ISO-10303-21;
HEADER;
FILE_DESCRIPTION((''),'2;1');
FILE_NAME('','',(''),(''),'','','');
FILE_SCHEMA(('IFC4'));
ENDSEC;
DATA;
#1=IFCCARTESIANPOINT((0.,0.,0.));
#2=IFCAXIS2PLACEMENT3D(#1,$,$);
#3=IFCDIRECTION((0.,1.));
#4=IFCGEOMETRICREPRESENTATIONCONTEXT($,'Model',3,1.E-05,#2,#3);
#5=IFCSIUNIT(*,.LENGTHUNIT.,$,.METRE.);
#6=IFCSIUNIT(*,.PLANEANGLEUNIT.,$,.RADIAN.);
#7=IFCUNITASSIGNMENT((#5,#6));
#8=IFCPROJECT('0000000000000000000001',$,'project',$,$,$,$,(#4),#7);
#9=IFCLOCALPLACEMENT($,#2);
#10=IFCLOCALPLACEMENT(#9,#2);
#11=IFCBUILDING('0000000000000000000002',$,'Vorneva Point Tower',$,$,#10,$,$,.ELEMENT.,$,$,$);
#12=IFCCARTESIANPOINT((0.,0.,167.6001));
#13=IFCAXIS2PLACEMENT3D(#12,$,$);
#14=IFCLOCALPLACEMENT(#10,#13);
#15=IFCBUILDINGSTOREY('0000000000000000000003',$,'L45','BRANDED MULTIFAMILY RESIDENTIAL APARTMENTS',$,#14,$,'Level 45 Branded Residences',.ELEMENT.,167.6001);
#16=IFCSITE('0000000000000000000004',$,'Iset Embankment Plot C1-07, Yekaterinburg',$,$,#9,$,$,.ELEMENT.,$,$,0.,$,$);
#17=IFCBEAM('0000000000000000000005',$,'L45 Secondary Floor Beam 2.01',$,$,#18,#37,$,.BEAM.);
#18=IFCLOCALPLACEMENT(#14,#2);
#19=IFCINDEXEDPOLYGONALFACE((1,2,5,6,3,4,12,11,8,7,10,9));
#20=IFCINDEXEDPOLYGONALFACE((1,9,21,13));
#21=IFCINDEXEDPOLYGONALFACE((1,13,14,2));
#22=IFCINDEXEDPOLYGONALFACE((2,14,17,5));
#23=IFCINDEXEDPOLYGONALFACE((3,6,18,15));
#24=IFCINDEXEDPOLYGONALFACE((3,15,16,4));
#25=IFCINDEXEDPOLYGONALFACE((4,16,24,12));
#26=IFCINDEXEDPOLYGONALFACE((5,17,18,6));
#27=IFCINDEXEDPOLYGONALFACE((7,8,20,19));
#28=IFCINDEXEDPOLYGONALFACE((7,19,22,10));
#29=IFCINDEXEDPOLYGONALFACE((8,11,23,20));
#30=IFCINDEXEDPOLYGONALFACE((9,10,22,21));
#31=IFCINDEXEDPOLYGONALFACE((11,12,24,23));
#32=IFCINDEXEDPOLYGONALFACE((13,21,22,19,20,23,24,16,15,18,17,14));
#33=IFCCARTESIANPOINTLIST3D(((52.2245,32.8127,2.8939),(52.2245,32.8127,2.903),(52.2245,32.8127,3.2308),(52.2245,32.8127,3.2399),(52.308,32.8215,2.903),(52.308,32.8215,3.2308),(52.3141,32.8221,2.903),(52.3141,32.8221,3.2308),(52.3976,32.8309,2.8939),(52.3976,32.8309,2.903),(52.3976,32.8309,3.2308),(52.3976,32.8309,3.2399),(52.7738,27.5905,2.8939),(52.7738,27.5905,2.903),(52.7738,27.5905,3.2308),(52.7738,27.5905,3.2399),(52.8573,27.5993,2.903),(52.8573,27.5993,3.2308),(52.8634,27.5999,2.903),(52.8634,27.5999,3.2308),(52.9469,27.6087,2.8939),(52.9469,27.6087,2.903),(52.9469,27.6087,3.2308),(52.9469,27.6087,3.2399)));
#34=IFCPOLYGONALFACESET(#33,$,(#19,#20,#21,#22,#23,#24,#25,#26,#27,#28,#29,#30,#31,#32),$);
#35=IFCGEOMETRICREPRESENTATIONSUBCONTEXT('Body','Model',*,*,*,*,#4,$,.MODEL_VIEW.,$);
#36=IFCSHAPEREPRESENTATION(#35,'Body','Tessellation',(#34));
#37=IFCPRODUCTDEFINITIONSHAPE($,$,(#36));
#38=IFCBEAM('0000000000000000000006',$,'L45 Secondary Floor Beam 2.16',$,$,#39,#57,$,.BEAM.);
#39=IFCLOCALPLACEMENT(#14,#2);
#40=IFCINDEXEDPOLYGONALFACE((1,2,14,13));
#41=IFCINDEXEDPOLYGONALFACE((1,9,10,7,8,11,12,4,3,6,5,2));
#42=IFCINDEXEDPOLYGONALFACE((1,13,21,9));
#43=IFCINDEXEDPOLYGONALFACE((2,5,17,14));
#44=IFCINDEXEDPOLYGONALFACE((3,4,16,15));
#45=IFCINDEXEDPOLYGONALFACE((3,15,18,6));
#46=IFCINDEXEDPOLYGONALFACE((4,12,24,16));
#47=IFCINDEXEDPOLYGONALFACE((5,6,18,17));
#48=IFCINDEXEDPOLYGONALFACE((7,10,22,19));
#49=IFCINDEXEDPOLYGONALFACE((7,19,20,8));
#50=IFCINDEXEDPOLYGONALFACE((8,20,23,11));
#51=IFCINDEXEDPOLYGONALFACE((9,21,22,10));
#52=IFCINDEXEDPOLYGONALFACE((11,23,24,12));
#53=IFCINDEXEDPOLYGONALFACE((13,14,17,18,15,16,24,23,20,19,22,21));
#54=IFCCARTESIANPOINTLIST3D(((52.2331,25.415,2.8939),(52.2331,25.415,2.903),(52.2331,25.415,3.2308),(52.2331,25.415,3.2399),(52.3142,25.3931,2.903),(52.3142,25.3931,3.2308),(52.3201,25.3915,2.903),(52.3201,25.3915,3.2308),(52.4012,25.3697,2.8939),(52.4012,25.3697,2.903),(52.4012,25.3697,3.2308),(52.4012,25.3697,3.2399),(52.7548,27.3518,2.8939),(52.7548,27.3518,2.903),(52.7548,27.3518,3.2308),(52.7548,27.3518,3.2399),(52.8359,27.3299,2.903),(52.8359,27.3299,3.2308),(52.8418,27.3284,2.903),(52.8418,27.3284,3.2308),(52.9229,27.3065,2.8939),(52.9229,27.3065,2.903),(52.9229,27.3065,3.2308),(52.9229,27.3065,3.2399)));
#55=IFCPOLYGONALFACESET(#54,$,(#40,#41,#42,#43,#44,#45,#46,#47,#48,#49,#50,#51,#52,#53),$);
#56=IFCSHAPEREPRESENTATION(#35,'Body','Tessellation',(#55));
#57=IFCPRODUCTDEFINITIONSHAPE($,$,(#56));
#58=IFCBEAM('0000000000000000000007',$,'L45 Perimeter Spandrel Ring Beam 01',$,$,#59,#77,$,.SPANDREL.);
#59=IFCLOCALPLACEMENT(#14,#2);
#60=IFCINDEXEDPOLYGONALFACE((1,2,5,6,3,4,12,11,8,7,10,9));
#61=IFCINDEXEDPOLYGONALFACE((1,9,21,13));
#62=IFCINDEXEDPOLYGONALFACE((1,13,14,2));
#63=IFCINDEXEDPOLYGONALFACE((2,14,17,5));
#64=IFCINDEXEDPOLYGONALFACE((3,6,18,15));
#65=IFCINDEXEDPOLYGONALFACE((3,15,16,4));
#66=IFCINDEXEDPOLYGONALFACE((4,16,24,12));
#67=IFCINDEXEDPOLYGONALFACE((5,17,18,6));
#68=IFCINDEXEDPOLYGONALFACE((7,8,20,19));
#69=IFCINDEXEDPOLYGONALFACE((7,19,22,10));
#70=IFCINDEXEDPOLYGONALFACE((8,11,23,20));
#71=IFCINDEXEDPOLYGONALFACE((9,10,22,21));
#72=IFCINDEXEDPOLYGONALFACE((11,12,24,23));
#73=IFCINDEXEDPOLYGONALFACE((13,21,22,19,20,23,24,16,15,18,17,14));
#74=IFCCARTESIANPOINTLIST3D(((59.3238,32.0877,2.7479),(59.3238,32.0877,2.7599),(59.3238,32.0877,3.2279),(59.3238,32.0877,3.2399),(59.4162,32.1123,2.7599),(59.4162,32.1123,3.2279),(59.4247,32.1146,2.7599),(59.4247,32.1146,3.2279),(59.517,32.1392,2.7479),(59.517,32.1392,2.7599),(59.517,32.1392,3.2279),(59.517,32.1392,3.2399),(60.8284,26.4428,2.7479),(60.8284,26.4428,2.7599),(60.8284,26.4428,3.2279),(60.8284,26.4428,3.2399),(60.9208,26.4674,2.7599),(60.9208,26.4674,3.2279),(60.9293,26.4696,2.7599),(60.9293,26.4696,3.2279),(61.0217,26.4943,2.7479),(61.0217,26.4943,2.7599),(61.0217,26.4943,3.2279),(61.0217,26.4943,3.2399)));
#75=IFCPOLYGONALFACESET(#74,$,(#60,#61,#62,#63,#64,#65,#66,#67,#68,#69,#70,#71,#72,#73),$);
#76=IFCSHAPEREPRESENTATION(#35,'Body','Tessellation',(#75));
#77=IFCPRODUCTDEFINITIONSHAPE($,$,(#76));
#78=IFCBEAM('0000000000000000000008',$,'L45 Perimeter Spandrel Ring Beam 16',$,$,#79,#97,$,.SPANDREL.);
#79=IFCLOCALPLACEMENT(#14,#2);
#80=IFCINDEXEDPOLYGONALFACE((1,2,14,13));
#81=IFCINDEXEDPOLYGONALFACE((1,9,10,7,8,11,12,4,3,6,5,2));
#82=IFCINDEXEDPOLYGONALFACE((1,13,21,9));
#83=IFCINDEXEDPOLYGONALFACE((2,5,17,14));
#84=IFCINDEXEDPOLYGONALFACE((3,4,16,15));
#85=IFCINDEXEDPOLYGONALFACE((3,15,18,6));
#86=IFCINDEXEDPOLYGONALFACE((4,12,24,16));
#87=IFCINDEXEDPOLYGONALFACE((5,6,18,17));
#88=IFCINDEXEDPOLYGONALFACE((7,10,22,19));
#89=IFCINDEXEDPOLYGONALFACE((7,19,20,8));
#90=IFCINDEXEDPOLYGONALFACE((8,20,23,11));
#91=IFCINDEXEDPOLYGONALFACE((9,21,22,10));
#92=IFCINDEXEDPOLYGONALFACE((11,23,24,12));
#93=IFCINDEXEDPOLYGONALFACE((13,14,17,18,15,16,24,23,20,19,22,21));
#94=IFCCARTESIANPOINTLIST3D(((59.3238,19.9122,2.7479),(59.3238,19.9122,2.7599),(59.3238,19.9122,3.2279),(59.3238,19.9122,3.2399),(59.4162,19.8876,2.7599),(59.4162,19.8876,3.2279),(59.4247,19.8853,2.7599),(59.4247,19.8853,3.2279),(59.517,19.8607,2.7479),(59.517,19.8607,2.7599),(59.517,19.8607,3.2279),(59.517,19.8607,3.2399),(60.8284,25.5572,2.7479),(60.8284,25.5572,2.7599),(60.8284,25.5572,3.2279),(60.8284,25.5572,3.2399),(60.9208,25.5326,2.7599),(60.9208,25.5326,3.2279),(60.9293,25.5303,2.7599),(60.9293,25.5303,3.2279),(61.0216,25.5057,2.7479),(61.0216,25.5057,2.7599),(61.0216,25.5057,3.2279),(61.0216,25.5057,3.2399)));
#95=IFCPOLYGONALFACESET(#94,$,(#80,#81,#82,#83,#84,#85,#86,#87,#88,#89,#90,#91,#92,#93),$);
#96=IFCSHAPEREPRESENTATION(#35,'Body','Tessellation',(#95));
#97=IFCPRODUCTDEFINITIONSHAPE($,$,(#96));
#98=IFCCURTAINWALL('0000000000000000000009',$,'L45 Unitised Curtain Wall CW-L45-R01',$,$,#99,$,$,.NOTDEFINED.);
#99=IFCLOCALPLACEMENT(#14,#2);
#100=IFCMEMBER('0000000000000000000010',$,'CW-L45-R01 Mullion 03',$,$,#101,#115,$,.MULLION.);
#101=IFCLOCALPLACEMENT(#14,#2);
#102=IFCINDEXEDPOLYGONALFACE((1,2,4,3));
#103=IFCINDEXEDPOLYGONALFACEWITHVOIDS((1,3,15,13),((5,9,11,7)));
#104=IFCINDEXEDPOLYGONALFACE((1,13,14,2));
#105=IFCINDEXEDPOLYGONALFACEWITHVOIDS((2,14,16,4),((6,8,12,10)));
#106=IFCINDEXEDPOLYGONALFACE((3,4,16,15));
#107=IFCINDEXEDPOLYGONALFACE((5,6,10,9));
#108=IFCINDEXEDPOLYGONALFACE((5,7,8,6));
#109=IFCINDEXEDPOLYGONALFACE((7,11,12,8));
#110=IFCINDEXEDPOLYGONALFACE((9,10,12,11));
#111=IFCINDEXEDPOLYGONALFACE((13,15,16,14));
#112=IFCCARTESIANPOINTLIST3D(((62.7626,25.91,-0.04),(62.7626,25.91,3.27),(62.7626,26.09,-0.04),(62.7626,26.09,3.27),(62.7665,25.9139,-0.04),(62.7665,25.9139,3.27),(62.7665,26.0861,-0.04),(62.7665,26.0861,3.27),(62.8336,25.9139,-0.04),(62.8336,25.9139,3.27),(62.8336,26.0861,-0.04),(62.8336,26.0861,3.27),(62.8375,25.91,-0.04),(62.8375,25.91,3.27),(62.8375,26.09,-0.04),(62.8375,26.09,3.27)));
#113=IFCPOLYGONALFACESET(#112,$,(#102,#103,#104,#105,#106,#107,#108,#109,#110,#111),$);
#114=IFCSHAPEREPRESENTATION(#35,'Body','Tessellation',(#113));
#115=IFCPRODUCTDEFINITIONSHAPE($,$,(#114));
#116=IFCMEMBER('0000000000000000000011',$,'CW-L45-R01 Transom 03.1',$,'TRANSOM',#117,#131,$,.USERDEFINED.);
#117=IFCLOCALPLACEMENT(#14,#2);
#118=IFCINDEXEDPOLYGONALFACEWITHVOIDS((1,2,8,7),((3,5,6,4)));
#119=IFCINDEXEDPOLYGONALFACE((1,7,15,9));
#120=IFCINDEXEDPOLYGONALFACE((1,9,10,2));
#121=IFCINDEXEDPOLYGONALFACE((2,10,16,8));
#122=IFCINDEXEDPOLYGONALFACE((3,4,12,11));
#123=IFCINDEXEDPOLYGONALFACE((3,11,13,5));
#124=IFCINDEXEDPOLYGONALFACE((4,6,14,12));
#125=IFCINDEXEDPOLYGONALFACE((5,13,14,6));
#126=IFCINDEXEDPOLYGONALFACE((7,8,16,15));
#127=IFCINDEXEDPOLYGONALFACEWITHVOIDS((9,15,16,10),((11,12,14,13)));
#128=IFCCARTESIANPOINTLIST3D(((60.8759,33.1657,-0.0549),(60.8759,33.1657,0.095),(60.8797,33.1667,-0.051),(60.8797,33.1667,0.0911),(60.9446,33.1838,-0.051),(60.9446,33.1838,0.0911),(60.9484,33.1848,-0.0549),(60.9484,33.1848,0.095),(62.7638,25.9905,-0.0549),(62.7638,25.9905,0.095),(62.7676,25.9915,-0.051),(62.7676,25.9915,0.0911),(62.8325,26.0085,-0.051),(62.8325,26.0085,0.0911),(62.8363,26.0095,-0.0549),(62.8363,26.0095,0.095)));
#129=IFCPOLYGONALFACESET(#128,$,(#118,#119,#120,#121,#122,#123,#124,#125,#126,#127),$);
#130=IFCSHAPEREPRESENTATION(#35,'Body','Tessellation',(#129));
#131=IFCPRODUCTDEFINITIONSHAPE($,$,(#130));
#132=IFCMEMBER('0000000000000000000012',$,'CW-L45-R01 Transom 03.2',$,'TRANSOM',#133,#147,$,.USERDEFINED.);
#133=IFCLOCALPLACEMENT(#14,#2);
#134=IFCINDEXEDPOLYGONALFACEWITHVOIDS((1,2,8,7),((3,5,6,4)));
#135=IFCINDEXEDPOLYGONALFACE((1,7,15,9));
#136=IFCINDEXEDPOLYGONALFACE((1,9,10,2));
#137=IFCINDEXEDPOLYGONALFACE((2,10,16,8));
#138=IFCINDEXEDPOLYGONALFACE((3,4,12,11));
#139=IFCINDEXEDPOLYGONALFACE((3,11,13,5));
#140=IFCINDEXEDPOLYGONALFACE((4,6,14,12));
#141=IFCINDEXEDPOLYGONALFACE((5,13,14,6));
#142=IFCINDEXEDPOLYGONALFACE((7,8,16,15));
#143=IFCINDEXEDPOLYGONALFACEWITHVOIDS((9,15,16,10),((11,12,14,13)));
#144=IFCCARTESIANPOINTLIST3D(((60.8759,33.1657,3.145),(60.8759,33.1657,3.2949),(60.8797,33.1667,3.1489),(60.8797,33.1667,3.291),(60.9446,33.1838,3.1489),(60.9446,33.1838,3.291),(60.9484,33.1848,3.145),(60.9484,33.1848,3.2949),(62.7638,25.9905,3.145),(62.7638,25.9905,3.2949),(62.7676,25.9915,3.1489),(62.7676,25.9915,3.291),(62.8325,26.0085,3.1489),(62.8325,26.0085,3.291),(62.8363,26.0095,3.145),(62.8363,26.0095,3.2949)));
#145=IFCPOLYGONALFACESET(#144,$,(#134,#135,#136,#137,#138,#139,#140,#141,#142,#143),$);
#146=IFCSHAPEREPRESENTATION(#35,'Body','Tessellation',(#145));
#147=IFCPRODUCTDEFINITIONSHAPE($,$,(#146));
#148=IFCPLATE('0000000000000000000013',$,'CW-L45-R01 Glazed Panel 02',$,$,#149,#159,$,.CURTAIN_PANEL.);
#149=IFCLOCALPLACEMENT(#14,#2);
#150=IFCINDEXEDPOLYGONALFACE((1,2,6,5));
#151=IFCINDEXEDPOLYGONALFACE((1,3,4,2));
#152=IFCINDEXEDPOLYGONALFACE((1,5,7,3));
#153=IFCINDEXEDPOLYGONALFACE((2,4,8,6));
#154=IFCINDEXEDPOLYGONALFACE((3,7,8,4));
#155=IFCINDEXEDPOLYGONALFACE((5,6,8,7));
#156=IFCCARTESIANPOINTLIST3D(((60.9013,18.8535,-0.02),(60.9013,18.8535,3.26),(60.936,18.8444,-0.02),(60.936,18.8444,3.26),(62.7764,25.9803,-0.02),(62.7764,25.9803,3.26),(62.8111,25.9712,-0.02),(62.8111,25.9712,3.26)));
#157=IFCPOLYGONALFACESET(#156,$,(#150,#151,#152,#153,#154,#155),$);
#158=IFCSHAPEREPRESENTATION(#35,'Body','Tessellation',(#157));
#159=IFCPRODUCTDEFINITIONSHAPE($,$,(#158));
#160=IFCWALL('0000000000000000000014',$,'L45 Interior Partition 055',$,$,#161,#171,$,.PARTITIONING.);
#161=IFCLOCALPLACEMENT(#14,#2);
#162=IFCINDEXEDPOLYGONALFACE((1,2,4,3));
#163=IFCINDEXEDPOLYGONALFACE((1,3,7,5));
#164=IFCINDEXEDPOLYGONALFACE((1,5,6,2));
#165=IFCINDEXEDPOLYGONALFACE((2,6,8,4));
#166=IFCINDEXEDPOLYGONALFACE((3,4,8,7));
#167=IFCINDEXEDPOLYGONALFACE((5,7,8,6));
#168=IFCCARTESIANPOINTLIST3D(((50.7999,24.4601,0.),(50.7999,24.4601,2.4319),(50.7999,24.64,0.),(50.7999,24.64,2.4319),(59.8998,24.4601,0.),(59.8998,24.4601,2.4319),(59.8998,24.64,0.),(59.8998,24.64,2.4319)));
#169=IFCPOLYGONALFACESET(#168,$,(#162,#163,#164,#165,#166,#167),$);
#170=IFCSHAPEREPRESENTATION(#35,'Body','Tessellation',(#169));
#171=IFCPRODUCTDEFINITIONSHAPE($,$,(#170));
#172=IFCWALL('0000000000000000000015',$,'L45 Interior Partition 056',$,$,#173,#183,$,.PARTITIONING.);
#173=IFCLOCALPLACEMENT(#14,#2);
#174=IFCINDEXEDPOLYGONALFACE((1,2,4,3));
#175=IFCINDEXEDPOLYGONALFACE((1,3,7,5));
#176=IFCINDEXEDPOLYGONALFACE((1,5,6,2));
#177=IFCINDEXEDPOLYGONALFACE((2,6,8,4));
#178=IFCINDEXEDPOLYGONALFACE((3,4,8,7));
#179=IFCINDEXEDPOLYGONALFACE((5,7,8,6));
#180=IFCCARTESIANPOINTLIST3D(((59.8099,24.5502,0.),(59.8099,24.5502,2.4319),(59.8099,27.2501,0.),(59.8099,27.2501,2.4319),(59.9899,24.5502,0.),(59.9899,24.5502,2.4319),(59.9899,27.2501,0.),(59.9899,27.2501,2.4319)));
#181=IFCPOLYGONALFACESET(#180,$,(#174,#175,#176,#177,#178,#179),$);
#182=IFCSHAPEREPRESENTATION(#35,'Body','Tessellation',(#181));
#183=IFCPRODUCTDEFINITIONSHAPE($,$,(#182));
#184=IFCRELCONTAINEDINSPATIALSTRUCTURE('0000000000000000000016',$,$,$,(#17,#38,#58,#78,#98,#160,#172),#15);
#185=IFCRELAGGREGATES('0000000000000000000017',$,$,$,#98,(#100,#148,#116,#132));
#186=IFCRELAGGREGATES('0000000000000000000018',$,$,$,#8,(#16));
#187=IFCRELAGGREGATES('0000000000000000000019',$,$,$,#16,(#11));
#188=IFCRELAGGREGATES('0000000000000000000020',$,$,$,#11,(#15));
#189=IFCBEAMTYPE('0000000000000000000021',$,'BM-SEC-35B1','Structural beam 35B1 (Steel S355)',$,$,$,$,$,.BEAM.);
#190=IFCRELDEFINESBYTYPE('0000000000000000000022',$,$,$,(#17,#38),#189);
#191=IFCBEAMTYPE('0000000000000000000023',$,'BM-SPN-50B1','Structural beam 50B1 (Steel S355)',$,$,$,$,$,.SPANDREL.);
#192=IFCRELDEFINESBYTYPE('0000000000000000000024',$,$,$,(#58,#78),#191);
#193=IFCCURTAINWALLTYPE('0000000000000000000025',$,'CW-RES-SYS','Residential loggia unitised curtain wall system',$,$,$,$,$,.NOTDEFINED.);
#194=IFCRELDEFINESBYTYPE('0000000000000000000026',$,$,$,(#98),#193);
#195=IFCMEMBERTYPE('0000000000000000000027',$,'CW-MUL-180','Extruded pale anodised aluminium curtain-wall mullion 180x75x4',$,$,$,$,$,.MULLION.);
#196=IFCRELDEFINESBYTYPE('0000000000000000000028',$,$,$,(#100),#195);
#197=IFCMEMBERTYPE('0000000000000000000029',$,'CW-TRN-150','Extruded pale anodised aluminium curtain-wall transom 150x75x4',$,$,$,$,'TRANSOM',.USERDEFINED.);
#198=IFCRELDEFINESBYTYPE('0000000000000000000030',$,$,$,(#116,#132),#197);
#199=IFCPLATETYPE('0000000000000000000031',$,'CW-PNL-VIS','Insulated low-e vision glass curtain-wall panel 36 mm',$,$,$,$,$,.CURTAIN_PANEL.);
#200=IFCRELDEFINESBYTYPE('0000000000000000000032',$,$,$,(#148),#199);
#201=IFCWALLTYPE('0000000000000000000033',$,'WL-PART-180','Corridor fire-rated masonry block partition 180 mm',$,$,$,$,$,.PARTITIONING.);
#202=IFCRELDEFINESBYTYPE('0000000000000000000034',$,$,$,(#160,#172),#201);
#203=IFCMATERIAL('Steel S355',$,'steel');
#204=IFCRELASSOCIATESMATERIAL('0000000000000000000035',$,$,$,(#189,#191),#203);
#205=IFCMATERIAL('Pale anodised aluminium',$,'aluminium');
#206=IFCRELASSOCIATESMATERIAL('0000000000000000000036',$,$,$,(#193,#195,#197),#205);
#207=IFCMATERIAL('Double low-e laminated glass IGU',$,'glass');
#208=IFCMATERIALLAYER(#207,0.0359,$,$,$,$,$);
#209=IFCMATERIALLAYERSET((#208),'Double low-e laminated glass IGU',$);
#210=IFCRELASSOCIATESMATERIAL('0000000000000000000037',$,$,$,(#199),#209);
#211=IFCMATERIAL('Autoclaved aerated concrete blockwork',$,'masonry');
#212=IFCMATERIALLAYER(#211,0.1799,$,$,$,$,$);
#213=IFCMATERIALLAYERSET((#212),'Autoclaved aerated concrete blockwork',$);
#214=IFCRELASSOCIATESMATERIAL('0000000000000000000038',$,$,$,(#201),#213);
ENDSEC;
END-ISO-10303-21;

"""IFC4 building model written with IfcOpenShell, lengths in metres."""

from ifc_helpers import new_model, si_unit, direction, frame, frame_2d, origin, origin_2d, place, context, subcontext, project, spatial, rectangle, hollow_rectangle, i_section, extrude, material, layer, layer_set, material_profile, profile_set, type_object, element, aggregate, save


model = new_model("IFC4")

# Units and contexts
model_context = context("Model", 3, precision=1e-05, world=origin(), true_north=direction((0.0, 1.0)))
body_context = subcontext(model_context, "Body", "Model", "MODEL_VIEW")
ifc_project = project(units=[si_unit("LENGTHUNIT", "METRE"), si_unit("PLANEANGLEUNIT", "RADIAN")], contexts=[model_context])

# Site, building, storey
site_placement = place(None, origin())
site = spatial("IfcSite", under=ifc_project, at=site_placement, Name="Iset Embankment Plot C1-07, Yekaterinburg", CompositionType="ELEMENT", RefElevation=0.0)
building_placement = place(site_placement, origin())
building = spatial("IfcBuilding", under=site, at=building_placement, Name="Vorneva Point Tower", CompositionType="ELEMENT")
storey_placement = place(building_placement, frame((0.0, 0.0, 167.6001)))
storey = spatial("IfcBuildingStorey", under=building, at=storey_placement, Name="L45", Description="BRANDED MULTIFAMILY RESIDENTIAL APARTMENTS", LongName="Level 45 Branded Residences", CompositionType="ELEMENT", Elevation=167.6001)

# Beams
ifc_material_1 = material(Name="Steel S355", Category="steel")
ifc_material_profile_1 = material_profile(ifc_material_1, i_section(OverallWidth=0.1741, OverallDepth=0.3459, WebThickness=0.0061, FlangeThickness=0.009, at=origin_2d()), Name="35B1")
ifc_profile_set_1 = profile_set([ifc_material_profile_1], Name="Steel S355")
beam_type_1 = type_object("IfcBeamType", Name="BM-SEC-35B1", Description="Structural beam 35B1 (Steel S355)", PredefinedType="BEAM", material=ifc_profile_set_1)
beam_1_placement = place(storey_placement, frame((52.8604, 27.5996, 3.0669), z_axis=(-0.104612, 0.994513, 0.0), x_axis=(-0.994513, -0.104612, 0.0)))
element("IfcBeam", 1, at=beam_1_placement, inside=storey, type_object=beam_type_1, Name="L45 Secondary Floor Beam 2.01", PredefinedType="BEAM", context=body_context, shape_type="SweptSolid", body=[
    extrude(i_section(OverallWidth=0.1741, OverallDepth=0.3459, WebThickness=0.0061, FlangeThickness=0.009, at=origin_2d()), origin(), (0.0, 0.0, 1.0), 5.251),
])
beam_2_placement = place(storey_placement, frame((52.3171, 25.3923, 3.0669), z_axis=(0.260109, 0.965579, 0.0), x_axis=(-0.965579, 0.260109, 0.0)))
element("IfcBeam", 2, at=beam_2_placement, inside=storey, type_object=beam_type_1, Name="L45 Secondary Floor Beam 2.16", PredefinedType="BEAM", context=body_context, shape_type="SweptSolid", body=[
    extrude(i_section(OverallWidth=0.1741, OverallDepth=0.3459, WebThickness=0.0061, FlangeThickness=0.009, at=origin_2d()), origin(), (0.0, 0.0, 1.0), 2.0059),
])
ifc_material_profile_2 = material_profile(ifc_material_1, i_section(OverallWidth=0.2, OverallDepth=0.4919, WebThickness=0.0088, FlangeThickness=0.012, at=origin_2d()), Name="50B1")
ifc_profile_set_2 = profile_set([ifc_material_profile_2], Name="Steel S355")
beam_type_2 = type_object("IfcBeamType", Name="BM-SPN-50B1", Description="Structural beam 50B1 (Steel S355)", PredefinedType="SPANDREL", material=ifc_profile_set_2)
for number, where, z_axis, x_axis, name in (
    (3, (60.925, 26.4685, 2.9939), (-0.257551, 0.966265, 0.0), (-0.966265, -0.257551, 0.0), "L45 Perimeter Spandrel Ring Beam 01"),
    (4, (59.4204, 19.8865, 2.9939), (0.257551, 0.966265, 0.0), (-0.966265, 0.257551, 0.0), "L45 Perimeter Spandrel Ring Beam 16"),
):
    element("IfcBeam", number, at=place(storey_placement, frame(where, z_axis=z_axis, x_axis=x_axis)), inside=storey, type_object=beam_type_2, Name=name, PredefinedType="SPANDREL", context=body_context, shape_type="SweptSolid", body=[
        extrude(i_section(OverallWidth=0.2, OverallDepth=0.4919, WebThickness=0.0088, FlangeThickness=0.012, at=origin_2d()), origin(), (0.0, 0.0, 1.0), 5.842),
    ])

# Curtain wall, members, plate
ifc_material_2 = material(Name="Pale anodised aluminium", Category="aluminium")
curtain_wall_type = type_object("IfcCurtainWallType", Name="CW-RES-SYS", Description="Residential loggia unitised curtain wall system", PredefinedType="NOTDEFINED", material=ifc_material_2)
curtain_wall_placement = place(storey_placement, origin())
curtain_wall = element("IfcCurtainWall", 5, at=curtain_wall_placement, inside=storey, type_object=curtain_wall_type, Name="L45 Unitised Curtain Wall CW-L45-R01", PredefinedType="NOTDEFINED")
ifc_material_profile_3 = material_profile(ifc_material_2, hollow_rectangle(XDim=0.075, YDim=0.1799, WallThickness=0.0039, at=origin_2d()), Name="AL-MUL 180x75x4")
ifc_profile_set_3 = profile_set([ifc_material_profile_3], Name="Pale anodised aluminium")
member_type_1 = type_object("IfcMemberType", Name="CW-MUL-180", Description="Extruded pale anodised aluminium curtain-wall mullion 180x75x4", PredefinedType="MULLION", material=ifc_profile_set_3)
member_1_placement = place(storey_placement, frame((62.8, 26.0, -0.04), z_axis=(0.0, 0.0, 1.0), x_axis=(1.0, 0.0, 0.0)))
member_1 = element("IfcMember", 6, at=member_1_placement, type_object=member_type_1, Name="CW-L45-R01 Mullion 03", PredefinedType="MULLION", context=body_context, shape_type="SweptSolid", body=[
    extrude(hollow_rectangle(XDim=0.075, YDim=0.1799, WallThickness=0.0039, at=origin_2d()), origin(), (0.0, 0.0, 1.0), 3.3101),
])
ifc_material_profile_4 = material_profile(ifc_material_2, hollow_rectangle(XDim=0.075, YDim=0.1499, WallThickness=0.0039, at=origin_2d()), Name="AL-TRN 150x75x4")
ifc_profile_set_4 = profile_set([ifc_material_profile_4], Name="Pale anodised aluminium")
member_type_2 = type_object("IfcMemberType", Name="CW-TRN-150", Description="Extruded pale anodised aluminium curtain-wall transom 150x75x4", ElementType="TRANSOM", PredefinedType="USERDEFINED", material=ifc_profile_set_4)
member_2_placement = place(storey_placement, frame((62.8, 26.0, 0.02), z_axis=(-0.254456, 0.967084, 0.0), x_axis=(-0.967084, -0.254456, 0.0)))
member_2 = element("IfcMember", 7, at=member_2_placement, type_object=member_type_2, Name="CW-L45-R01 Transom 03.1", ObjectType="TRANSOM", PredefinedType="USERDEFINED", context=body_context, shape_type="SweptSolid", body=[
    extrude(hollow_rectangle(XDim=0.075, YDim=0.1499, WallThickness=0.0039, at=origin_2d()), origin(), (0.0, 0.0, 1.0), 7.4194),
])
member_3_placement = place(storey_placement, frame((62.8, 26.0, 3.22), z_axis=(-0.254456, 0.967084, 0.0), x_axis=(-0.967084, -0.254456, 0.0)))
member_3 = element("IfcMember", 8, at=member_3_placement, type_object=member_type_2, Name="CW-L45-R01 Transom 03.2", ObjectType="TRANSOM", PredefinedType="USERDEFINED", context=body_context, shape_type="SweptSolid", body=[
    extrude(hollow_rectangle(XDim=0.075, YDim=0.1499, WallThickness=0.0039, at=origin_2d()), origin(), (0.0, 0.0, 1.0), 7.4194),
])
ifc_material_3 = material(Name="Double low-e laminated glass IGU", Category="glass")
ifc_layer_1 = layer(ifc_material_3, 0.0359)
ifc_layer_set_1 = layer_set([ifc_layer_1], Name="Double low-e laminated glass IGU")
plate_type = type_object("IfcPlateType", Name="CW-PNL-VIS", Description="Insulated low-e vision glass curtain-wall panel 36 mm", PredefinedType="CURTAIN_PANEL", material=ifc_layer_set_1)
plate_placement = place(storey_placement, frame((61.8562, 22.4124, -0.02), z_axis=(0.0, 0.0, 1.0), x_axis=(0.254433, 0.96709, 0.0)))
plate = element("IfcPlate", 9, at=plate_placement, type_object=plate_type, Name="CW-L45-R01 Glazed Panel 02", PredefinedType="CURTAIN_PANEL", context=body_context, shape_type="SweptSolid", body=[
    extrude(rectangle(XDim=7.3694, YDim=0.0359, at=origin_2d()), origin(), (0.0, 0.0, 1.0), 3.28),
])
aggregate(curtain_wall, [member_1, plate, member_2, member_3])

# Shared definitions
ifc_material_4 = material(Name="Autoclaved aerated concrete blockwork", Category="masonry")
ifc_layer_2 = layer(ifc_material_4, 0.1799)
ifc_layer_set_2 = layer_set([ifc_layer_2], Name="Autoclaved aerated concrete blockwork")
wall_type_1 = type_object("IfcWallType", Name="WL-PART-180", Description="Corridor fire-rated masonry block partition 180 mm", PredefinedType="PARTITIONING", material=ifc_layer_set_2)

# Walls
wall_1_placement = place(storey_placement, frame((50.8, 24.55, 0.0), z_axis=(0.0, 0.0, 1.0), x_axis=(1.0, 0.0, 0.0)))
element("IfcWall", 10, at=wall_1_placement, inside=storey, type_object=wall_type_1, Name="L45 Interior Partition 055", PredefinedType="PARTITIONING", context=body_context, shape_type="SweptSolid", body=[
    extrude(rectangle(XDim=9.0999, YDim=0.1799, at=frame_2d((4.5498, 0.0))), origin(), (0.0, 0.0, 1.0), 2.4319),
])
wall_2_placement = place(storey_placement, frame((59.8999, 24.55, 0.0), z_axis=(0.0, 0.0, 1.0), x_axis=(0.0, 1.0, 0.0)))
element("IfcWall", 11, at=wall_2_placement, inside=storey, type_object=wall_type_1, Name="L45 Interior Partition 056", PredefinedType="PARTITIONING", context=body_context, shape_type="SweptSolid", body=[
    extrude(rectangle(XDim=2.7, YDim=0.1799, at=frame_2d((1.3501, 0.0))), origin(), (0.0, 0.0, 1.0), 2.4319),
])

save(model, "model.ifc")
